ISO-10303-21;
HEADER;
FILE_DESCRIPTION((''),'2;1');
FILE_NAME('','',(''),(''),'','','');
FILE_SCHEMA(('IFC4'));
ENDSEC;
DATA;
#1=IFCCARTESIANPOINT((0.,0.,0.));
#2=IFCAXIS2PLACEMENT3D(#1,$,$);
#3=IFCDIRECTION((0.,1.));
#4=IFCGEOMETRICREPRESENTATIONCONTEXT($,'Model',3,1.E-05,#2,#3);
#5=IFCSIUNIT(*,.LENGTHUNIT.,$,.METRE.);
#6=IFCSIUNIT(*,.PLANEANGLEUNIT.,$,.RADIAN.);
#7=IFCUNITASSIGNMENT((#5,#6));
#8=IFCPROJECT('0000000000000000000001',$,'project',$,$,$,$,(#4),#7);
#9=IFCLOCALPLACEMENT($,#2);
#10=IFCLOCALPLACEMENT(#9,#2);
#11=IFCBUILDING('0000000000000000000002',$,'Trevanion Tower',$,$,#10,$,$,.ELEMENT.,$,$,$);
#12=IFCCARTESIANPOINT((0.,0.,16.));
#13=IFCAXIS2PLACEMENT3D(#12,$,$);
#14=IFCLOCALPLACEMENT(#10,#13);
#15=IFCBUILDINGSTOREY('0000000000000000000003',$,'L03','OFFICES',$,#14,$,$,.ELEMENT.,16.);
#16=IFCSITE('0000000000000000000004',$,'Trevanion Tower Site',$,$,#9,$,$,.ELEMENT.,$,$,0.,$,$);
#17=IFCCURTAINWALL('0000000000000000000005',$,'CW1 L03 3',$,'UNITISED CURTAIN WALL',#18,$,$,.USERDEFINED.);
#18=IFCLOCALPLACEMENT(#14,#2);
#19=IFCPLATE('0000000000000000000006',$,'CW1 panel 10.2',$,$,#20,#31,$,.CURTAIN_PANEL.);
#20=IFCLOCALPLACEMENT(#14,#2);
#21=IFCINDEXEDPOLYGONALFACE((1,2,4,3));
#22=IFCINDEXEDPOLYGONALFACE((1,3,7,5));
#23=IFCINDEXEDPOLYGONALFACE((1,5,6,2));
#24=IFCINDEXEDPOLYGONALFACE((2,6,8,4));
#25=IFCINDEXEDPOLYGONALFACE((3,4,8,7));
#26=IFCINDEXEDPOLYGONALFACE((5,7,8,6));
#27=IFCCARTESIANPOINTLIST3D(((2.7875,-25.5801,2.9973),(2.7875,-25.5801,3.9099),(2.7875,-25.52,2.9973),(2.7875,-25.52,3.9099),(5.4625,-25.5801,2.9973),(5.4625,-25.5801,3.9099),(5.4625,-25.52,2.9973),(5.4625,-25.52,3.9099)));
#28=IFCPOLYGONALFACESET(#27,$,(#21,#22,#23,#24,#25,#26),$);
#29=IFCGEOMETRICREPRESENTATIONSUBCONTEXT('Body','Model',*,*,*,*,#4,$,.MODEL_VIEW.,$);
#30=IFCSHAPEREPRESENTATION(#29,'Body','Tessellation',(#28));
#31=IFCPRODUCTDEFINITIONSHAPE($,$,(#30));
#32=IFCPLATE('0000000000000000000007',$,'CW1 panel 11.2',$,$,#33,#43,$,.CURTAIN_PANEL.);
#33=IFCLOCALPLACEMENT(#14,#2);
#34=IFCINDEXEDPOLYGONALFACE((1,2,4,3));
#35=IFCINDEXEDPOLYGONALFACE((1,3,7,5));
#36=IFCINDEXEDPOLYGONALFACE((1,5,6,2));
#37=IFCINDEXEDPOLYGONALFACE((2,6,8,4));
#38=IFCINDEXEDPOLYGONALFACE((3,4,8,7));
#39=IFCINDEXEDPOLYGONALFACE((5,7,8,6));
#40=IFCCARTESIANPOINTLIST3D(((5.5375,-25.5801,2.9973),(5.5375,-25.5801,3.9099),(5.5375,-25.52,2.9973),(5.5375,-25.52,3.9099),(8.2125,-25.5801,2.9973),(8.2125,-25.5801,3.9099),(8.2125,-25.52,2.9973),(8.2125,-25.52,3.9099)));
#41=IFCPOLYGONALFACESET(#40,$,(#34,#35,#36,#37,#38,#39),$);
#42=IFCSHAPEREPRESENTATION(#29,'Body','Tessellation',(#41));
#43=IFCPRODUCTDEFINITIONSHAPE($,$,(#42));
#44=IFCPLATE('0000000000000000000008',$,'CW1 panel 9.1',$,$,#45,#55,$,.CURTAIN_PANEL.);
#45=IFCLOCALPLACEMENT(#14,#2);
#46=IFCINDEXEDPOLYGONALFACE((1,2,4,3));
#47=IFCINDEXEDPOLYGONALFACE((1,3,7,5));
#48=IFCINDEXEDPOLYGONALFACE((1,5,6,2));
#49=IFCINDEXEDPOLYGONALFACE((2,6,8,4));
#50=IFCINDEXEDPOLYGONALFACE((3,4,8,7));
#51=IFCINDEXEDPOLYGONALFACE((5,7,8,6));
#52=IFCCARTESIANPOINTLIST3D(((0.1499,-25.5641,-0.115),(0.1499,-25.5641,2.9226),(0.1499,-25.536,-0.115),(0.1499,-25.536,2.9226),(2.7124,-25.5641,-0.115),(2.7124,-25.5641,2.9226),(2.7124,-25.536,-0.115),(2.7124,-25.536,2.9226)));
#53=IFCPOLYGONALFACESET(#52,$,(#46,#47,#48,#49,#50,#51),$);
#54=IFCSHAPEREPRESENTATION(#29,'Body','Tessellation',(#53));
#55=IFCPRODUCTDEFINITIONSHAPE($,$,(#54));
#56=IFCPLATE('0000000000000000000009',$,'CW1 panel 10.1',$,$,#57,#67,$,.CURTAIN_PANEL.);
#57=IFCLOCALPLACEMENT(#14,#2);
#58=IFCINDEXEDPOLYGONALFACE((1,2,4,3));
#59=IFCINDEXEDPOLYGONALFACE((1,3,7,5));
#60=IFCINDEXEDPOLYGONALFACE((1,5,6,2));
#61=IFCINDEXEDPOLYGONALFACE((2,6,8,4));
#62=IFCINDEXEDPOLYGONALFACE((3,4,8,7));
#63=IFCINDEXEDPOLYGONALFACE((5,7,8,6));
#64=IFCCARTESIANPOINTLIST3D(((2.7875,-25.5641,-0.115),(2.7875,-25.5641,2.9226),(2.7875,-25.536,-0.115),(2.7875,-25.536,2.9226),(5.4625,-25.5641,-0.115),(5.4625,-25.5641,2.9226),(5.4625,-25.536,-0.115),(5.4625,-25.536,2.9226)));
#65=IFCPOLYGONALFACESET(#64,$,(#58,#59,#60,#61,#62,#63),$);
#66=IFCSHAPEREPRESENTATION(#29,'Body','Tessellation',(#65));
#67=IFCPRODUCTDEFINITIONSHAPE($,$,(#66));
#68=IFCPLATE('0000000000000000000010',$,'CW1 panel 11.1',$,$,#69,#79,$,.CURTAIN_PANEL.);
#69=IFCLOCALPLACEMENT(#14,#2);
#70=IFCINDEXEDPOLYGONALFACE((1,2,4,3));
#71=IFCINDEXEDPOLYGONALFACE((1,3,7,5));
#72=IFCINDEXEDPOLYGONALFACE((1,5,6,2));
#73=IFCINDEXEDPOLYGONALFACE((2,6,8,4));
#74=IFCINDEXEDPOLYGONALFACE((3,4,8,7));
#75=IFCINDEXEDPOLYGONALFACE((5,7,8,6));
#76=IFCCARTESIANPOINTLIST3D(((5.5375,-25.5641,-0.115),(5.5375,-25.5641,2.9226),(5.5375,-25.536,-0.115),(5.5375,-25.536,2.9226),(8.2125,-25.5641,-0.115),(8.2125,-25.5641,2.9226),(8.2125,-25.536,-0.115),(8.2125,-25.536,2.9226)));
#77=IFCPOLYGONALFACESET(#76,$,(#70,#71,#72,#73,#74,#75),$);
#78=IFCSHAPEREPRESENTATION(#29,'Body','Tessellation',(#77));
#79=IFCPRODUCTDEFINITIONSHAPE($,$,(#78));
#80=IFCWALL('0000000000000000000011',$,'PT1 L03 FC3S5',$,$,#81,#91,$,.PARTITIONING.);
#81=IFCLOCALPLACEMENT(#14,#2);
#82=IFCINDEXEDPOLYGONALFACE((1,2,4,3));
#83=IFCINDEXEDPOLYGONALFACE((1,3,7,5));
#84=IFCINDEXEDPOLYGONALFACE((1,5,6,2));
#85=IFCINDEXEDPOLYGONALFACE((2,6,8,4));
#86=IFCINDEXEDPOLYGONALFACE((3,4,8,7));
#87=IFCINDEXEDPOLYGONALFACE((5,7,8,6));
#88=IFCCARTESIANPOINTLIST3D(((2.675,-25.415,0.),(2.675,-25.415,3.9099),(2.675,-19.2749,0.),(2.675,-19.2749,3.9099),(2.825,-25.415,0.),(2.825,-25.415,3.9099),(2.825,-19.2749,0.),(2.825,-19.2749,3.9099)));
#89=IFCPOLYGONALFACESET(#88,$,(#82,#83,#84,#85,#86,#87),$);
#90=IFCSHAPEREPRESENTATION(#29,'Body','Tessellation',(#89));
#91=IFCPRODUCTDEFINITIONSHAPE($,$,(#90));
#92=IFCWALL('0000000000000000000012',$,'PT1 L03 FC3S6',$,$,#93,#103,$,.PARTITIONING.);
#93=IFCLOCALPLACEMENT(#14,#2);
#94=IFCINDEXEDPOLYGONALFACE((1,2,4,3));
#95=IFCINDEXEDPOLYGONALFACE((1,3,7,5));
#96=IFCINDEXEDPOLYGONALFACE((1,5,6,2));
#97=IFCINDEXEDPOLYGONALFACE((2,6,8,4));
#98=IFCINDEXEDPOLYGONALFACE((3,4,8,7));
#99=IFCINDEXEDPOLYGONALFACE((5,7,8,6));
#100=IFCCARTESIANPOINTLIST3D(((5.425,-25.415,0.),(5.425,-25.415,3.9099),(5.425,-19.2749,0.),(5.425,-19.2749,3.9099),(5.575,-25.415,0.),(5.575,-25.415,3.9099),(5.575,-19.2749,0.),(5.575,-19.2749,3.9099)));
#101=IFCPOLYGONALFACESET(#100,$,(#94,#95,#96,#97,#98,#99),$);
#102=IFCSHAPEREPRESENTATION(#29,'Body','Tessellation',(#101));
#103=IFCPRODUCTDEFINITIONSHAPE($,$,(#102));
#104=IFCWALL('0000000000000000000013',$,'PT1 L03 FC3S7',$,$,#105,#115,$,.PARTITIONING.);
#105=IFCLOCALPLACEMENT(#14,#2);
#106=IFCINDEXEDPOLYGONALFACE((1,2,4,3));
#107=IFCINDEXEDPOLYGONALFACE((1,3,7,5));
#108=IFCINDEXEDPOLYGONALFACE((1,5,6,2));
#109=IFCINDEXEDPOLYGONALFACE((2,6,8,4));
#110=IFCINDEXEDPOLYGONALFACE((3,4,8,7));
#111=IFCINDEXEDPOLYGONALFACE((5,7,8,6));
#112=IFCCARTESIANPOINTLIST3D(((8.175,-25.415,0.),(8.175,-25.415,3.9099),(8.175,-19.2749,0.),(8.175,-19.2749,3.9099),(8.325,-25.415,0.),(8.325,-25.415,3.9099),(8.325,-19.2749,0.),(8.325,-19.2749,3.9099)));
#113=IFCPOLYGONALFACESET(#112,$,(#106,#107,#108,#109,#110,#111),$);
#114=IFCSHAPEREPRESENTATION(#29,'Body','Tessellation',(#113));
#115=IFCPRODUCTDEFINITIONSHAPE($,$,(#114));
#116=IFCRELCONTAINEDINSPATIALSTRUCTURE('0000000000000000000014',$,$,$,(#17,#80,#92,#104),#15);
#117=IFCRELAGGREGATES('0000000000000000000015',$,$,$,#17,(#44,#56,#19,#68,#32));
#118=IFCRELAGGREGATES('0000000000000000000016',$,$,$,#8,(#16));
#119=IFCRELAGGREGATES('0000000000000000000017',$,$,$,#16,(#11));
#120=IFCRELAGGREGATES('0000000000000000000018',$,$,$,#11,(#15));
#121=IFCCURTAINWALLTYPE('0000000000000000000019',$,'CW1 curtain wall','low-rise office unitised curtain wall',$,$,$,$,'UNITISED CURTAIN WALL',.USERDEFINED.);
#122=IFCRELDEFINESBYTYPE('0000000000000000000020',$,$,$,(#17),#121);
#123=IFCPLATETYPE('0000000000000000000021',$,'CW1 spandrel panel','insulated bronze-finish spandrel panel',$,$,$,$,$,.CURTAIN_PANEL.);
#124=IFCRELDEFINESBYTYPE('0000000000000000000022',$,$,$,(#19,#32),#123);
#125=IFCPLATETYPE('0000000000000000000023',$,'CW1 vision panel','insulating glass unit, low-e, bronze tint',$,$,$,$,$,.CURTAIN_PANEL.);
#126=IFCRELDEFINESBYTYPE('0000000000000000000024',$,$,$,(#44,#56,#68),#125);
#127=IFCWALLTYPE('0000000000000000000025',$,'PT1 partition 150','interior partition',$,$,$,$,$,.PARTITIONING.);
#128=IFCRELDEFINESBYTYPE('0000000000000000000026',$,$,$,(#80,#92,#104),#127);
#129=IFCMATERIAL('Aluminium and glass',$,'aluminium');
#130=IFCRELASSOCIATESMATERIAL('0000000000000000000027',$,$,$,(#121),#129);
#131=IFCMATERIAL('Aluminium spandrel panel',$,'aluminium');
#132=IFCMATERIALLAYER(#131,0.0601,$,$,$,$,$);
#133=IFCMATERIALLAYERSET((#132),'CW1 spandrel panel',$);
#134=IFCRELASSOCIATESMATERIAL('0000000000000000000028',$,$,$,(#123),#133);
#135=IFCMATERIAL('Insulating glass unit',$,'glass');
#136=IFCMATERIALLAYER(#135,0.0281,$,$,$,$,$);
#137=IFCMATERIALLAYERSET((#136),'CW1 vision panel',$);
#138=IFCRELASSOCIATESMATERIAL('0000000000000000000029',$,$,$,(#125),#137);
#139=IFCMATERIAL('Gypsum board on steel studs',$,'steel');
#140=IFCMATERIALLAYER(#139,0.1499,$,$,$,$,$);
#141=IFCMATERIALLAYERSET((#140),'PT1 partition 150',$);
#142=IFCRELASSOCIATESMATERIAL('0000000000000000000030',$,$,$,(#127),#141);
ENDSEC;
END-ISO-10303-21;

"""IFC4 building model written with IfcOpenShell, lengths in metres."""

from ifc_helpers import new_model, si_unit, direction, frame, frame_2d, origin, origin_2d, place, context, subcontext, project, spatial, rectangle, extrude, material, layer, layer_set, type_object, element, aggregate, save


model = new_model("IFC4")

# Units and contexts
model_context = context("Model", 3, precision=1e-05, world=origin(), true_north=direction((0.0, 1.0)))
body_context = subcontext(model_context, "Body", "Model", "MODEL_VIEW")
ifc_project = project(units=[si_unit("LENGTHUNIT", "METRE"), si_unit("PLANEANGLEUNIT", "RADIAN")], contexts=[model_context])

# Site, building, storey
site_placement = place(None, origin())
site = spatial("IfcSite", under=ifc_project, at=site_placement, Name="Trevanion Tower Site", CompositionType="ELEMENT", RefElevation=0.0)
building_placement = place(site_placement, origin())
building = spatial("IfcBuilding", under=site, at=building_placement, Name="Trevanion Tower", CompositionType="ELEMENT")
storey_placement = place(building_placement, frame((0.0, 0.0, 16.0)))
storey = spatial("IfcBuildingStorey", under=building, at=storey_placement, Name="L03", Description="OFFICES", CompositionType="ELEMENT", Elevation=16.0)

# Curtain wall, plates
ifc_material_1 = material(Name="Aluminium and glass", Category="aluminium")
curtain_wall_type = type_object("IfcCurtainWallType", Name="CW1 curtain wall", Description="low-rise office unitised curtain wall", ElementType="UNITISED CURTAIN WALL", PredefinedType="USERDEFINED", material=ifc_material_1)
curtain_wall_placement = place(storey_placement, origin())
curtain_wall = element("IfcCurtainWall", 1, at=curtain_wall_placement, inside=storey, type_object=curtain_wall_type, Name="CW1 L03 3", ObjectType="UNITISED CURTAIN WALL", PredefinedType="USERDEFINED")
ifc_material_2 = material(Name="Aluminium spandrel panel", Category="aluminium")
ifc_layer_1 = layer(ifc_material_2, 0.0601)
ifc_layer_set_1 = layer_set([ifc_layer_1], Name="CW1 spandrel panel")
plate_type_1 = type_object("IfcPlateType", Name="CW1 spandrel panel", Description="insulated bronze-finish spandrel panel", PredefinedType="CURTAIN_PANEL", material=ifc_layer_set_1)
plate_1_placement = place(storey_placement, frame((4.125, -25.55, 2.9973), z_axis=(0.0, 0.0, 1.0), x_axis=(1.0, 0.0, 0.0)))
plate_1 = element("IfcPlate", 2, at=plate_1_placement, type_object=plate_type_1, Name="CW1 panel 10.2", PredefinedType="CURTAIN_PANEL", context=body_context, shape_type="SweptSolid", body=[
    extrude(rectangle(XDim=2.675, YDim=0.0601, at=origin_2d()), origin(), (0.0, 0.0, 1.0), 0.9126),
])
plate_2_placement = place(storey_placement, frame((6.875, -25.55, 2.9973), z_axis=(0.0, 0.0, 1.0), x_axis=(1.0, 0.0, 0.0)))
plate_2 = element("IfcPlate", 3, at=plate_2_placement, type_object=plate_type_1, Name="CW1 panel 11.2", PredefinedType="CURTAIN_PANEL", context=body_context, shape_type="SweptSolid", body=[
    extrude(rectangle(XDim=2.675, YDim=0.0601, at=origin_2d()), origin(), (0.0, 0.0, 1.0), 0.9126),
])
ifc_material_3 = material(Name="Insulating glass unit", Category="glass")
ifc_layer_2 = layer(ifc_material_3, 0.0281)
ifc_layer_set_2 = layer_set([ifc_layer_2], Name="CW1 vision panel")
plate_type_2 = type_object("IfcPlateType", Name="CW1 vision panel", Description="insulating glass unit, low-e, bronze tint", PredefinedType="CURTAIN_PANEL", material=ifc_layer_set_2)
plate_3_placement = place(storey_placement, frame((1.4312, -25.55, -0.115), z_axis=(0.0, 0.0, 1.0), x_axis=(1.0, 0.0, 0.0)))
plate_3 = element("IfcPlate", 4, at=plate_3_placement, type_object=plate_type_2, Name="CW1 panel 9.1", PredefinedType="CURTAIN_PANEL", context=body_context, shape_type="SweptSolid", body=[
    extrude(rectangle(XDim=2.5625, YDim=0.0281, at=origin_2d()), origin(), (0.0, 0.0, 1.0), 3.0376),
])
plate_4_placement = place(storey_placement, frame((4.125, -25.55, -0.115), z_axis=(0.0, 0.0, 1.0), x_axis=(1.0, 0.0, 0.0)))
plate_4 = element("IfcPlate", 5, at=plate_4_placement, type_object=plate_type_2, Name="CW1 panel 10.1", PredefinedType="CURTAIN_PANEL", context=body_context, shape_type="SweptSolid", body=[
    extrude(rectangle(XDim=2.675, YDim=0.0281, at=origin_2d()), origin(), (0.0, 0.0, 1.0), 3.0376),
])
plate_5_placement = place(storey_placement, frame((6.875, -25.55, -0.115), z_axis=(0.0, 0.0, 1.0), x_axis=(1.0, 0.0, 0.0)))
plate_5 = element("IfcPlate", 6, at=plate_5_placement, type_object=plate_type_2, Name="CW1 panel 11.1", PredefinedType="CURTAIN_PANEL", context=body_context, shape_type="SweptSolid", body=[
    extrude(rectangle(XDim=2.675, YDim=0.0281, at=origin_2d()), origin(), (0.0, 0.0, 1.0), 3.0376),
])
aggregate(curtain_wall, [plate_3, plate_4, plate_1, plate_5, plate_2])

# Walls
ifc_material_4 = material(Name="Gypsum board on steel studs", Category="steel")
ifc_layer_3 = layer(ifc_material_4, 0.1499)
ifc_layer_set_3 = layer_set([ifc_layer_3], Name="PT1 partition 150")
wall_type = type_object("IfcWallType", Name="PT1 partition 150", Description="interior partition", PredefinedType="PARTITIONING", material=ifc_layer_set_3)
for number, where, z_axis, x_axis, name in (
    (7, (2.75, -19.2749, 0.0), (0.0, 0.0, 1.0), (0.0, -1.0, 0.0), "PT1 L03 FC3S5"),
    (8, (5.5, -19.2749, 0.0), (0.0, 0.0, 1.0), (0.0, -1.0, 0.0), "PT1 L03 FC3S6"),
    (9, (8.25, -19.2749, 0.0), (0.0, 0.0, 1.0), (0.0, -1.0, 0.0), "PT1 L03 FC3S7"),
):
    element("IfcWall", number, at=place(storey_placement, frame(where, z_axis=z_axis, x_axis=x_axis)), inside=storey, type_object=wall_type, Name=name, PredefinedType="PARTITIONING", context=body_context, shape_type="SweptSolid", body=[
        extrude(rectangle(XDim=6.1401, YDim=0.1499, at=frame_2d((3.0701, 0.0))), origin(), (0.0, 0.0, 1.0), 3.9099),
    ])

save(model, "model.ifc")
